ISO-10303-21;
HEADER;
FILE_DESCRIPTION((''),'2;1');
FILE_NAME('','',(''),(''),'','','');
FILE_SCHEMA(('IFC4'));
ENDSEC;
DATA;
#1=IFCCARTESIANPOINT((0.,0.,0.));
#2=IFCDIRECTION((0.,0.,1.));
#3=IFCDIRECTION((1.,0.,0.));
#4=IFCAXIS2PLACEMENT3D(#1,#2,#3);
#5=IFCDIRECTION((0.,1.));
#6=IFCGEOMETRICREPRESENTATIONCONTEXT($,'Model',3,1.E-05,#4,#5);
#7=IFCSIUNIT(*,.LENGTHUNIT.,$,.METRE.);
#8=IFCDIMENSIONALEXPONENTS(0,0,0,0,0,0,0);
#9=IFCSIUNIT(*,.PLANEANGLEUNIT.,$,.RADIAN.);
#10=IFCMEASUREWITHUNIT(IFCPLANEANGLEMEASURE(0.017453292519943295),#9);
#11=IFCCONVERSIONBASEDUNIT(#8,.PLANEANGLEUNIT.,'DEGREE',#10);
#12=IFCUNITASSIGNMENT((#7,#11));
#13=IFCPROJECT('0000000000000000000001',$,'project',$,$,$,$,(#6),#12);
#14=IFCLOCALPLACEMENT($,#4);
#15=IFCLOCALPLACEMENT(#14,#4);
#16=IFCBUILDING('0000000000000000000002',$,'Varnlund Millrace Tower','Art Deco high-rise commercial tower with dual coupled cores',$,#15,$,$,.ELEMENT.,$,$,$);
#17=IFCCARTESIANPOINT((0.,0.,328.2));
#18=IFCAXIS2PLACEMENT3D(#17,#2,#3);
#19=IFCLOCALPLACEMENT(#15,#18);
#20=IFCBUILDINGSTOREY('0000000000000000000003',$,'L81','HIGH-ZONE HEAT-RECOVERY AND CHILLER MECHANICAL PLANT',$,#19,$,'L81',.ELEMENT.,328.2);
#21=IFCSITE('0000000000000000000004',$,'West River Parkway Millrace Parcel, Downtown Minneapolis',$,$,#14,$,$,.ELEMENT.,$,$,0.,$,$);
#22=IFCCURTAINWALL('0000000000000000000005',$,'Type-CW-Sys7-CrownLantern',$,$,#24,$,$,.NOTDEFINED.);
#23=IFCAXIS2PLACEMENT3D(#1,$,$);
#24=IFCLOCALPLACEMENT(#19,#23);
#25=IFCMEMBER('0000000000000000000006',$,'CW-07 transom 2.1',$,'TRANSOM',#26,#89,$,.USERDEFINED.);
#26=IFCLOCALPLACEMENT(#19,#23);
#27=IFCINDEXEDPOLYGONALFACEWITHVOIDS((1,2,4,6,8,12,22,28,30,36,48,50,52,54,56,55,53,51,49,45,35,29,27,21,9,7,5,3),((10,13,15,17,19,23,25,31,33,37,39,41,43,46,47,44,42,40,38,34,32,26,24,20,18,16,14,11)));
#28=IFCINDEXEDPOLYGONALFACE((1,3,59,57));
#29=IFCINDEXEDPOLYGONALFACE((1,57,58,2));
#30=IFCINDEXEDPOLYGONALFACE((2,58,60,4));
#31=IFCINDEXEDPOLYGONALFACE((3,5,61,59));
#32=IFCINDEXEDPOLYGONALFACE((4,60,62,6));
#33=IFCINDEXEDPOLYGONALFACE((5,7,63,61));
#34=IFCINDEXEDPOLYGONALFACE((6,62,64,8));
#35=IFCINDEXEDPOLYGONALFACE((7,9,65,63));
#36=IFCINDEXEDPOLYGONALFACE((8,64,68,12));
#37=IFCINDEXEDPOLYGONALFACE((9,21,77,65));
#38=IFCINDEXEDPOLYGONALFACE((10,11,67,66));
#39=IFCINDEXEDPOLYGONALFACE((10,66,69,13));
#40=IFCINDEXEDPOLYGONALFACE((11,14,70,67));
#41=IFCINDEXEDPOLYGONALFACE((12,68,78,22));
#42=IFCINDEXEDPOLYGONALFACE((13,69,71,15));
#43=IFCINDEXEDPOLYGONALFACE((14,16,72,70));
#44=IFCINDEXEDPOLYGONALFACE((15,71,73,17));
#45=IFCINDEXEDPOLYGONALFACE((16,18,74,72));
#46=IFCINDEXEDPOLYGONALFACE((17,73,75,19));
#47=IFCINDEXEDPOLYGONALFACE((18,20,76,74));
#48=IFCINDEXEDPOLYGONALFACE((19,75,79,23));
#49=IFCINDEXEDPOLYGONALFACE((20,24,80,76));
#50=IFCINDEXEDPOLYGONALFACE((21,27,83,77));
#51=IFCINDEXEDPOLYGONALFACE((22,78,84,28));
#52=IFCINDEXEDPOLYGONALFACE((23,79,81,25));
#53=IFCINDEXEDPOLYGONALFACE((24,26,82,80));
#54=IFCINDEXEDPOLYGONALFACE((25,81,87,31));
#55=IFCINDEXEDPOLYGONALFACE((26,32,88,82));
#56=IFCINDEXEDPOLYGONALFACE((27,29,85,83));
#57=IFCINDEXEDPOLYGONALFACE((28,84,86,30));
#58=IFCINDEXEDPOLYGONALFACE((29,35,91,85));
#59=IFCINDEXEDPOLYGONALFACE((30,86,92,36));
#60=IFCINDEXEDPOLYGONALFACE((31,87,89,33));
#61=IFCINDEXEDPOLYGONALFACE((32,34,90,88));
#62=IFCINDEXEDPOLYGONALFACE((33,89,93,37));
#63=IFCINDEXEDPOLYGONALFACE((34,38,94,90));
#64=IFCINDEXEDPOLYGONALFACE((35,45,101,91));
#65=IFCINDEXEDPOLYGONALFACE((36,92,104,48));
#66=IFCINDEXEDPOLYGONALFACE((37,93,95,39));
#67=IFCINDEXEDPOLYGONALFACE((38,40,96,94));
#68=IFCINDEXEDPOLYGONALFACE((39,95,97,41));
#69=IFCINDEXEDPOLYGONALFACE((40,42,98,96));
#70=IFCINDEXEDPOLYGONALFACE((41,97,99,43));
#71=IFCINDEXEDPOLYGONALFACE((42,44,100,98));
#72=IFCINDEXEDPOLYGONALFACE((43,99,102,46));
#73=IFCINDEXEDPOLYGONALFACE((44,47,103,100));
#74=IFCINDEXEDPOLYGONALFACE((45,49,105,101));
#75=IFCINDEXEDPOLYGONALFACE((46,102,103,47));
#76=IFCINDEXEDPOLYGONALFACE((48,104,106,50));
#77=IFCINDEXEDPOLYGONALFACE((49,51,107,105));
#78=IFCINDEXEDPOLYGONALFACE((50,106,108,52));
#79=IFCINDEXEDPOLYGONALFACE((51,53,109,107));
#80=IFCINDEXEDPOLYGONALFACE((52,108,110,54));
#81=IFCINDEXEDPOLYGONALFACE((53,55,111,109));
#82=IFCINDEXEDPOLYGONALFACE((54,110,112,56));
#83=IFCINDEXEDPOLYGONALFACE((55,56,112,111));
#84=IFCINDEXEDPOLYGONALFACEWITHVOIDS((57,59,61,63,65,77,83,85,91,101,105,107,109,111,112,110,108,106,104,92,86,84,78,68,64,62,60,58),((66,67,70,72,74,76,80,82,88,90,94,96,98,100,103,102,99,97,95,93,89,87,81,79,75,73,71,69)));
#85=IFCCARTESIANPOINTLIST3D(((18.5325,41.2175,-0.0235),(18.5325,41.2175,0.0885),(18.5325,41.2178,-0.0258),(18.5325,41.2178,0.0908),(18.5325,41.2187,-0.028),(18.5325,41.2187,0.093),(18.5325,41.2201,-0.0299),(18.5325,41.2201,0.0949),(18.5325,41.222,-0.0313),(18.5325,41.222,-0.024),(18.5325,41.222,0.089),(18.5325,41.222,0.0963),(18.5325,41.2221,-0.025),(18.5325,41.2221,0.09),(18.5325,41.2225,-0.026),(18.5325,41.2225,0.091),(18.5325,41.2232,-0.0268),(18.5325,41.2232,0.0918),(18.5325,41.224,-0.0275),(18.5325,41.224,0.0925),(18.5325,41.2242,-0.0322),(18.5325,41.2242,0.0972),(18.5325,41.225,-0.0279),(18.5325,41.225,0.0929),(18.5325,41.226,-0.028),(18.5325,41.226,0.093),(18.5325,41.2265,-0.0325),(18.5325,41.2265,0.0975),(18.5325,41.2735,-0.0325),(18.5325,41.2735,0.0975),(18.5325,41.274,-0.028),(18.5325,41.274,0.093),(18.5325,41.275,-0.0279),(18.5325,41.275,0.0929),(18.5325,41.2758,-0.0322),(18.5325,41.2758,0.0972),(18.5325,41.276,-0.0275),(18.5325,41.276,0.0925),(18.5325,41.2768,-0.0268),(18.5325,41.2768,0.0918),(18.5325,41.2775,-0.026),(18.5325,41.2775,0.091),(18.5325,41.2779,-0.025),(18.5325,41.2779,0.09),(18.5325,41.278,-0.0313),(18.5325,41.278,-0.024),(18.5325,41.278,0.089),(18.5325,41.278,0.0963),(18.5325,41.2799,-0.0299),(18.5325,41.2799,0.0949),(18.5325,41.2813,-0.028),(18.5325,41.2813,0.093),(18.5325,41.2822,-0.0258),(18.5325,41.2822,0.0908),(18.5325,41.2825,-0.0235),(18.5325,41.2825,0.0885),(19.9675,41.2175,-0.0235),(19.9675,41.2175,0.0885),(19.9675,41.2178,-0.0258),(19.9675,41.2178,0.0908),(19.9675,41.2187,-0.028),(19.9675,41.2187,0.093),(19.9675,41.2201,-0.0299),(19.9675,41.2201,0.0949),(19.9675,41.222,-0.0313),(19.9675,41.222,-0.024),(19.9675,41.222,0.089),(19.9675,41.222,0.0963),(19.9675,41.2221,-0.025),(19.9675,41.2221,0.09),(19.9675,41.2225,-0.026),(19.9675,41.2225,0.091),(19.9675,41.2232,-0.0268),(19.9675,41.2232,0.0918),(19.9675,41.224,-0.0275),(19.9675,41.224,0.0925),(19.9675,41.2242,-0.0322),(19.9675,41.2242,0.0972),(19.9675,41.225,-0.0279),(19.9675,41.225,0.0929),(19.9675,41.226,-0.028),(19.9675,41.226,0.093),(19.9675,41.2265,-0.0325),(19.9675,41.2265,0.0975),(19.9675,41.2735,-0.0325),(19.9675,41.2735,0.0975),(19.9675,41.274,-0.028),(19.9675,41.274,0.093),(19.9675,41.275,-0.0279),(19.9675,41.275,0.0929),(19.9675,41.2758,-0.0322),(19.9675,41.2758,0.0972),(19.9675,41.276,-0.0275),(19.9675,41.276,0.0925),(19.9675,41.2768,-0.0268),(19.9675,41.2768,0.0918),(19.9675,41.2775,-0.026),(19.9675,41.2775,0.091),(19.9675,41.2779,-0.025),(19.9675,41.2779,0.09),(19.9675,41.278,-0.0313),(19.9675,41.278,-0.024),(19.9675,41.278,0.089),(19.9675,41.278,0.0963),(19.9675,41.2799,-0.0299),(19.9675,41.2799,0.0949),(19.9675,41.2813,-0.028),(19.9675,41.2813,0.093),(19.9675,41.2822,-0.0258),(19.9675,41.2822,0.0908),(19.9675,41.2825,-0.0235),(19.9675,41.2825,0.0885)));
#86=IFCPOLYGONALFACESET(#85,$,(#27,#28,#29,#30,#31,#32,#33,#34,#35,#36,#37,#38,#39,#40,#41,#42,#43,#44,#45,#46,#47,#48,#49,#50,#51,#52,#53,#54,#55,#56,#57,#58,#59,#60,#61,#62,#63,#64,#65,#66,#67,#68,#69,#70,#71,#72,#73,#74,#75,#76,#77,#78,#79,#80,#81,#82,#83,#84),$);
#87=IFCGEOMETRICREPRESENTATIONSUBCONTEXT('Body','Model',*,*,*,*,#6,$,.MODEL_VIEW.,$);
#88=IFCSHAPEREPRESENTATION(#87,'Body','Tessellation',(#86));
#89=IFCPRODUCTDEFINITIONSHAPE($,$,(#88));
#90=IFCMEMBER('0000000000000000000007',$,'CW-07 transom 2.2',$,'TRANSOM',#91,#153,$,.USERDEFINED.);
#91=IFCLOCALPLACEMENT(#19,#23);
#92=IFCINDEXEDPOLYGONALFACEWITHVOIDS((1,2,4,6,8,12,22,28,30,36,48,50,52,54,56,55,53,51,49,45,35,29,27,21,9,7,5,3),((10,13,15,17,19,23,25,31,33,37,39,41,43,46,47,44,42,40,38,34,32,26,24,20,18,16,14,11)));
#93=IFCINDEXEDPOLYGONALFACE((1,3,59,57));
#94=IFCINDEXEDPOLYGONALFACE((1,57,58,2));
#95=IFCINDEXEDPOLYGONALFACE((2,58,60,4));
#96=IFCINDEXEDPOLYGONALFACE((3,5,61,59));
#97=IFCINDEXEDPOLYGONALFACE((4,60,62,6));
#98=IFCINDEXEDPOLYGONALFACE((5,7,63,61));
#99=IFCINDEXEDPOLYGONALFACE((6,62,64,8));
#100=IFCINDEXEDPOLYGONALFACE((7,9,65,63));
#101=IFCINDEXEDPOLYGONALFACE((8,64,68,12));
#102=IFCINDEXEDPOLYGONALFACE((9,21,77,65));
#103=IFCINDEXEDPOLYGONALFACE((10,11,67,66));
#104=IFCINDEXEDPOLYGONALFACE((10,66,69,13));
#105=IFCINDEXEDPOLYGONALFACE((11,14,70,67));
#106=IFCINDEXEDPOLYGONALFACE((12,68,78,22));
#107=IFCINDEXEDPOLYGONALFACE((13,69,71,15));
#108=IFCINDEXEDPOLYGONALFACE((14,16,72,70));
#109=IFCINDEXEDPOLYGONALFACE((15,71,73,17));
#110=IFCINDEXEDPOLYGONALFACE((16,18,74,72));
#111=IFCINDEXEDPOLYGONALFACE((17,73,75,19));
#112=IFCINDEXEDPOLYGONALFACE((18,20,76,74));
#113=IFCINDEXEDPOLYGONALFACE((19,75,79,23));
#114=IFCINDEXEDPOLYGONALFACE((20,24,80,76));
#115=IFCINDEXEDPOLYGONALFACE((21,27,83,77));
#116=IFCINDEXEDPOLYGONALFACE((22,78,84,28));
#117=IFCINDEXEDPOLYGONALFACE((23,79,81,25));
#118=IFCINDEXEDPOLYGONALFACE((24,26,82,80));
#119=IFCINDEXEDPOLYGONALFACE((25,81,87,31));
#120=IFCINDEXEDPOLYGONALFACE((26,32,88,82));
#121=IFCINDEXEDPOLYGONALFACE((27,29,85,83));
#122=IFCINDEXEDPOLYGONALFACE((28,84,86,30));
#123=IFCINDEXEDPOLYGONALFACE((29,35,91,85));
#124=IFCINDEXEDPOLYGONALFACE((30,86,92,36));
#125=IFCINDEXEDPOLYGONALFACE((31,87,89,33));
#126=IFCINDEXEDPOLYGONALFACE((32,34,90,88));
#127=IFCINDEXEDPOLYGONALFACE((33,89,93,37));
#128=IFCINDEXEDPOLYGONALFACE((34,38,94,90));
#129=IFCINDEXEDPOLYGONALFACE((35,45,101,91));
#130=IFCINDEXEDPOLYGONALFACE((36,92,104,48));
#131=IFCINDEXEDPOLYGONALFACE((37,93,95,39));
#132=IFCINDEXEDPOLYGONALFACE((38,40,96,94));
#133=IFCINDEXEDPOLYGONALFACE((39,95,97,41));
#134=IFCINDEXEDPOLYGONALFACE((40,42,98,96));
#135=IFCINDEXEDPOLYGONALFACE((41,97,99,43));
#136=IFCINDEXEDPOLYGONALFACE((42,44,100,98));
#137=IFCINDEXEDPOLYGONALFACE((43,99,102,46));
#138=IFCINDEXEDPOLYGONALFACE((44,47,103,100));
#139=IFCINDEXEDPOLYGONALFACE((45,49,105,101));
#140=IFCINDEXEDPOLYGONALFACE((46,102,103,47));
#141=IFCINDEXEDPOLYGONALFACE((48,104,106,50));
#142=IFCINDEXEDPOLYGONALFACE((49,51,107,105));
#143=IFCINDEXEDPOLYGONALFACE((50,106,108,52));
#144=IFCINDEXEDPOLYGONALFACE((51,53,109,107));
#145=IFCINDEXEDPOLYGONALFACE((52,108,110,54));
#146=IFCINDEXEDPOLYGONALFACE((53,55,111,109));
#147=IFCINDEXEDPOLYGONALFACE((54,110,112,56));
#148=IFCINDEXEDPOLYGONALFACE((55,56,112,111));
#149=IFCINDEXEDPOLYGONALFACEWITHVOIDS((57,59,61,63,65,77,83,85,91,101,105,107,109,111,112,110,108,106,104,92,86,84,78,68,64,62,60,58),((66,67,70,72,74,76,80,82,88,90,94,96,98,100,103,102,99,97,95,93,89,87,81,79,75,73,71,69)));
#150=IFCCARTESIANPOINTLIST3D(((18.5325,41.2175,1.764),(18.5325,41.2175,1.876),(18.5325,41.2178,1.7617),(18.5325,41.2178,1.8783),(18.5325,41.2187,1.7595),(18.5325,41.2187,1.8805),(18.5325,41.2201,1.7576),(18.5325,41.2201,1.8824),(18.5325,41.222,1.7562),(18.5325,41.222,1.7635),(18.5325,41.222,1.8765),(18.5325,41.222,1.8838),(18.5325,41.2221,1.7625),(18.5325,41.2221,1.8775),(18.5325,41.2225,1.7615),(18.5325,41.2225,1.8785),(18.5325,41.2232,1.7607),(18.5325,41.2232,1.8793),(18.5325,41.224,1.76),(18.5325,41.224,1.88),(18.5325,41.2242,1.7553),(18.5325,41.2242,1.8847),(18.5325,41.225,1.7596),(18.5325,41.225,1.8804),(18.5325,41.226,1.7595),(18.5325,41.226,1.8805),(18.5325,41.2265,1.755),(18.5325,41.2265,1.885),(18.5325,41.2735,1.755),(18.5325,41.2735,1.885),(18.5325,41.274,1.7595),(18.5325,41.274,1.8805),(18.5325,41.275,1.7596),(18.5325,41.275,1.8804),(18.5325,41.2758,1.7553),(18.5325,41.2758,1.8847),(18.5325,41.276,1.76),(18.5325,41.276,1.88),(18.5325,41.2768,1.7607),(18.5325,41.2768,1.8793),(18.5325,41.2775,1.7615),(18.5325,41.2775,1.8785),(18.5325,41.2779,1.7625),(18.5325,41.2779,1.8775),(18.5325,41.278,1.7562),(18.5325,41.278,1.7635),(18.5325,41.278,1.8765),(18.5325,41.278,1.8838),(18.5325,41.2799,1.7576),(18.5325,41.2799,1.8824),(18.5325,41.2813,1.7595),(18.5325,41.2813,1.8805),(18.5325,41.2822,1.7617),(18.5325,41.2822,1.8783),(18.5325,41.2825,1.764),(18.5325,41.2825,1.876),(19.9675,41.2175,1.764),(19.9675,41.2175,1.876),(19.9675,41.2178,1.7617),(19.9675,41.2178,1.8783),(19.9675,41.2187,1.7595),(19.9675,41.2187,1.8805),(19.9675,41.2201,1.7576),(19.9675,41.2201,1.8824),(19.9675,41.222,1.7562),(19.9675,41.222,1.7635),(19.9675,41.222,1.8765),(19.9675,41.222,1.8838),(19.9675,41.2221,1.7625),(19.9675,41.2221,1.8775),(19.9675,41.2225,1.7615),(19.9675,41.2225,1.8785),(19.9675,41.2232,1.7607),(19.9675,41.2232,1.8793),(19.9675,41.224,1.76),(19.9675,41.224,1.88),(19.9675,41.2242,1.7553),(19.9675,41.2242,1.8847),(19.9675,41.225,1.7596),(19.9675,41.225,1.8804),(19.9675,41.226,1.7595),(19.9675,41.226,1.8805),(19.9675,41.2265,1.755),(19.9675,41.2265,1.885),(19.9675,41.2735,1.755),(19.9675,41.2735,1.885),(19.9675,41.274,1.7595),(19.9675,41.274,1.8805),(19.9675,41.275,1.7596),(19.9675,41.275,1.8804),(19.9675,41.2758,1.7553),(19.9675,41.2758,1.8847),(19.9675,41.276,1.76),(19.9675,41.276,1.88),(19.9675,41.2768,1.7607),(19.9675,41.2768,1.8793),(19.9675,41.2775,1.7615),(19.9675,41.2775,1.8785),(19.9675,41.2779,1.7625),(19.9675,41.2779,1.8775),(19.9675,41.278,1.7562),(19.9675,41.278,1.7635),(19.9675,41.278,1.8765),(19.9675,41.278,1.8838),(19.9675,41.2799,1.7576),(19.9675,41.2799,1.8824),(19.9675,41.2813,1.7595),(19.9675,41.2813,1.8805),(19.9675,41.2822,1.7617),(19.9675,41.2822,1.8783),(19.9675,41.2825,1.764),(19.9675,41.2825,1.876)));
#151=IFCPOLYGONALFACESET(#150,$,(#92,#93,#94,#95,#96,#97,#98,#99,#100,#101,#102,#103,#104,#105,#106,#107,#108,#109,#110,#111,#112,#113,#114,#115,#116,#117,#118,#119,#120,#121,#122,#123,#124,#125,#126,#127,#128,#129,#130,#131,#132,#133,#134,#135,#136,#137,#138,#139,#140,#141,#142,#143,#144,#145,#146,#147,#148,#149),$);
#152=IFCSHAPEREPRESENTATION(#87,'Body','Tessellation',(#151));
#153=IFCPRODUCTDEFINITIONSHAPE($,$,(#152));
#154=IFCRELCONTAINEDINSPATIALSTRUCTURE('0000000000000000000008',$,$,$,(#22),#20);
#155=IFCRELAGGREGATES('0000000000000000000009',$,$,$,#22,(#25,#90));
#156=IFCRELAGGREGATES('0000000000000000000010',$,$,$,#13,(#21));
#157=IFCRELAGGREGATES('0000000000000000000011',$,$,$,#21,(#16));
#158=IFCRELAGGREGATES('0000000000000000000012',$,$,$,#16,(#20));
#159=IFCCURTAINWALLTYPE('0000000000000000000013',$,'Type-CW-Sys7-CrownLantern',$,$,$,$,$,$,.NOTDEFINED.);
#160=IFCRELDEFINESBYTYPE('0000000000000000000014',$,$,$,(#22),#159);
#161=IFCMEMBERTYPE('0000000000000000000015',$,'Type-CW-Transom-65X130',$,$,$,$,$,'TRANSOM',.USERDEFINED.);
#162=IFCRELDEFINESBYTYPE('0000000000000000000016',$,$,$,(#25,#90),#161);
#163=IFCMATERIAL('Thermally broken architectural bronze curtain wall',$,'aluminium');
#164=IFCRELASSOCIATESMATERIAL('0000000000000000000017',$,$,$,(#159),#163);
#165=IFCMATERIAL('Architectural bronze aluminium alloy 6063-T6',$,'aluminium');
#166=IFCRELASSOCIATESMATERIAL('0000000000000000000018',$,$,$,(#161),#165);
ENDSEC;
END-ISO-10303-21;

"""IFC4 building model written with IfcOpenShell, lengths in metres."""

from ifc_helpers import new_model, entity, si_unit, converted_unit, direction, frame, origin_with_axes, origin_2d_with_axis, place, context, subcontext, project, spatial, hollow_rectangle, extrude, material, material_profile, profile_set, type_object, element, aggregate, save


model = new_model("IFC4")

# Units and contexts
model_context = context("Model", 3, precision=1e-05, world=origin_with_axes(), true_north=direction((0.0, 1.0)))
body_context = subcontext(model_context, "Body", "Model", "MODEL_VIEW")
ifc_project = project(units=[si_unit("LENGTHUNIT", "METRE"), converted_unit("PLANEANGLEUNIT", "DEGREE", entity("IfcPlaneAngleMeasure", 0.017453292519943295), si_unit("PLANEANGLEUNIT", "RADIAN"), dimensions=[0, 0, 0, 0, 0, 0, 0])], contexts=[model_context])

# Site, building, storey
site_placement = place(None, origin_with_axes())
site = spatial("IfcSite", under=ifc_project, at=site_placement, Name="West River Parkway Millrace Parcel, Downtown Minneapolis", CompositionType="ELEMENT", RefElevation=0.0)
building_placement = place(site_placement, origin_with_axes())
building = spatial("IfcBuilding", under=site, at=building_placement, Name="Varnlund Millrace Tower", Description="Art Deco high-rise commercial tower with dual coupled cores", CompositionType="ELEMENT")
storey_placement = place(building_placement, frame((0.0, 0.0, 328.2), z_axis=(0.0, 0.0, 1.0), x_axis=(1.0, 0.0, 0.0)))
storey = spatial("IfcBuildingStorey", under=building, at=storey_placement, Name="L81", Description="HIGH-ZONE HEAT-RECOVERY AND CHILLER MECHANICAL PLANT", LongName="L81", CompositionType="ELEMENT", Elevation=328.2)

# Curtain wall, members
ifc_material_1 = material(Name="Thermally broken architectural bronze curtain wall", Category="aluminium")
curtain_wall_type = type_object("IfcCurtainWallType", Name="Type-CW-Sys7-CrownLantern", PredefinedType="NOTDEFINED", material=ifc_material_1)
ifc_material_2 = material(Name="Architectural bronze aluminium alloy 6063-T6", Category="aluminium")
ifc_material_profile_1 = material_profile(ifc_material_2, hollow_rectangle(XDim=0.065, YDim=0.13, WallThickness=0.0045, InnerFilletRadius=0.004, OuterFilletRadius=0.009, at=origin_2d_with_axis()), Name="Architectural bronze aluminium alloy 6063-T6")
ifc_profile_set_1 = profile_set([ifc_material_profile_1], Name="Architectural bronze aluminium alloy 6063-T6")
member_type = type_object("IfcMemberType", Name="Type-CW-Transom-65X130", ElementType="TRANSOM", PredefinedType="USERDEFINED", material=ifc_profile_set_1)
curtain_wall_1_placement = place(storey_placement, frame((17.0, 41.25, 0.0), z_axis=(0.0, 0.0, 1.0), x_axis=(1.0, 0.0, 0.0)))
curtain_wall_1 = element("IfcCurtainWall", 1, at=curtain_wall_1_placement, inside=storey, type_object=curtain_wall_type, Name="Type-CW-Sys7-CrownLantern", PredefinedType="NOTDEFINED")
member_1_placement = place(storey_placement, frame((18.5325, 41.25, 0.0325), z_axis=(1.0, 0.0, 0.0), x_axis=(0.0, 1.0, 0.0)))
member_1 = element("IfcMember", 2, at=member_1_placement, type_object=member_type, Name="CW-07 transom 2.1", ObjectType="TRANSOM", PredefinedType="USERDEFINED", context=body_context, shape_type="SweptSolid", body=[
    extrude(hollow_rectangle(XDim=0.065, YDim=0.13, WallThickness=0.0045, InnerFilletRadius=0.004, OuterFilletRadius=0.009, at=origin_2d_with_axis()), origin_with_axes(), (0.0, 0.0, 1.0), 1.435),
])
member_2_placement = place(storey_placement, frame((18.5325, 41.25, 1.82), z_axis=(1.0, 0.0, 0.0), x_axis=(0.0, 1.0, 0.0)))
member_2 = element("IfcMember", 3, at=member_2_placement, type_object=member_type, Name="CW-07 transom 2.2", ObjectType="TRANSOM", PredefinedType="USERDEFINED", context=body_context, shape_type="SweptSolid", body=[
    extrude(hollow_rectangle(XDim=0.065, YDim=0.13, WallThickness=0.0045, InnerFilletRadius=0.004, OuterFilletRadius=0.009, at=origin_2d_with_axis()), origin_with_axes(), (0.0, 0.0, 1.0), 1.435),
])

aggregate(curtain_wall_1, [member_1, member_2])

save(model, "model.ifc")
